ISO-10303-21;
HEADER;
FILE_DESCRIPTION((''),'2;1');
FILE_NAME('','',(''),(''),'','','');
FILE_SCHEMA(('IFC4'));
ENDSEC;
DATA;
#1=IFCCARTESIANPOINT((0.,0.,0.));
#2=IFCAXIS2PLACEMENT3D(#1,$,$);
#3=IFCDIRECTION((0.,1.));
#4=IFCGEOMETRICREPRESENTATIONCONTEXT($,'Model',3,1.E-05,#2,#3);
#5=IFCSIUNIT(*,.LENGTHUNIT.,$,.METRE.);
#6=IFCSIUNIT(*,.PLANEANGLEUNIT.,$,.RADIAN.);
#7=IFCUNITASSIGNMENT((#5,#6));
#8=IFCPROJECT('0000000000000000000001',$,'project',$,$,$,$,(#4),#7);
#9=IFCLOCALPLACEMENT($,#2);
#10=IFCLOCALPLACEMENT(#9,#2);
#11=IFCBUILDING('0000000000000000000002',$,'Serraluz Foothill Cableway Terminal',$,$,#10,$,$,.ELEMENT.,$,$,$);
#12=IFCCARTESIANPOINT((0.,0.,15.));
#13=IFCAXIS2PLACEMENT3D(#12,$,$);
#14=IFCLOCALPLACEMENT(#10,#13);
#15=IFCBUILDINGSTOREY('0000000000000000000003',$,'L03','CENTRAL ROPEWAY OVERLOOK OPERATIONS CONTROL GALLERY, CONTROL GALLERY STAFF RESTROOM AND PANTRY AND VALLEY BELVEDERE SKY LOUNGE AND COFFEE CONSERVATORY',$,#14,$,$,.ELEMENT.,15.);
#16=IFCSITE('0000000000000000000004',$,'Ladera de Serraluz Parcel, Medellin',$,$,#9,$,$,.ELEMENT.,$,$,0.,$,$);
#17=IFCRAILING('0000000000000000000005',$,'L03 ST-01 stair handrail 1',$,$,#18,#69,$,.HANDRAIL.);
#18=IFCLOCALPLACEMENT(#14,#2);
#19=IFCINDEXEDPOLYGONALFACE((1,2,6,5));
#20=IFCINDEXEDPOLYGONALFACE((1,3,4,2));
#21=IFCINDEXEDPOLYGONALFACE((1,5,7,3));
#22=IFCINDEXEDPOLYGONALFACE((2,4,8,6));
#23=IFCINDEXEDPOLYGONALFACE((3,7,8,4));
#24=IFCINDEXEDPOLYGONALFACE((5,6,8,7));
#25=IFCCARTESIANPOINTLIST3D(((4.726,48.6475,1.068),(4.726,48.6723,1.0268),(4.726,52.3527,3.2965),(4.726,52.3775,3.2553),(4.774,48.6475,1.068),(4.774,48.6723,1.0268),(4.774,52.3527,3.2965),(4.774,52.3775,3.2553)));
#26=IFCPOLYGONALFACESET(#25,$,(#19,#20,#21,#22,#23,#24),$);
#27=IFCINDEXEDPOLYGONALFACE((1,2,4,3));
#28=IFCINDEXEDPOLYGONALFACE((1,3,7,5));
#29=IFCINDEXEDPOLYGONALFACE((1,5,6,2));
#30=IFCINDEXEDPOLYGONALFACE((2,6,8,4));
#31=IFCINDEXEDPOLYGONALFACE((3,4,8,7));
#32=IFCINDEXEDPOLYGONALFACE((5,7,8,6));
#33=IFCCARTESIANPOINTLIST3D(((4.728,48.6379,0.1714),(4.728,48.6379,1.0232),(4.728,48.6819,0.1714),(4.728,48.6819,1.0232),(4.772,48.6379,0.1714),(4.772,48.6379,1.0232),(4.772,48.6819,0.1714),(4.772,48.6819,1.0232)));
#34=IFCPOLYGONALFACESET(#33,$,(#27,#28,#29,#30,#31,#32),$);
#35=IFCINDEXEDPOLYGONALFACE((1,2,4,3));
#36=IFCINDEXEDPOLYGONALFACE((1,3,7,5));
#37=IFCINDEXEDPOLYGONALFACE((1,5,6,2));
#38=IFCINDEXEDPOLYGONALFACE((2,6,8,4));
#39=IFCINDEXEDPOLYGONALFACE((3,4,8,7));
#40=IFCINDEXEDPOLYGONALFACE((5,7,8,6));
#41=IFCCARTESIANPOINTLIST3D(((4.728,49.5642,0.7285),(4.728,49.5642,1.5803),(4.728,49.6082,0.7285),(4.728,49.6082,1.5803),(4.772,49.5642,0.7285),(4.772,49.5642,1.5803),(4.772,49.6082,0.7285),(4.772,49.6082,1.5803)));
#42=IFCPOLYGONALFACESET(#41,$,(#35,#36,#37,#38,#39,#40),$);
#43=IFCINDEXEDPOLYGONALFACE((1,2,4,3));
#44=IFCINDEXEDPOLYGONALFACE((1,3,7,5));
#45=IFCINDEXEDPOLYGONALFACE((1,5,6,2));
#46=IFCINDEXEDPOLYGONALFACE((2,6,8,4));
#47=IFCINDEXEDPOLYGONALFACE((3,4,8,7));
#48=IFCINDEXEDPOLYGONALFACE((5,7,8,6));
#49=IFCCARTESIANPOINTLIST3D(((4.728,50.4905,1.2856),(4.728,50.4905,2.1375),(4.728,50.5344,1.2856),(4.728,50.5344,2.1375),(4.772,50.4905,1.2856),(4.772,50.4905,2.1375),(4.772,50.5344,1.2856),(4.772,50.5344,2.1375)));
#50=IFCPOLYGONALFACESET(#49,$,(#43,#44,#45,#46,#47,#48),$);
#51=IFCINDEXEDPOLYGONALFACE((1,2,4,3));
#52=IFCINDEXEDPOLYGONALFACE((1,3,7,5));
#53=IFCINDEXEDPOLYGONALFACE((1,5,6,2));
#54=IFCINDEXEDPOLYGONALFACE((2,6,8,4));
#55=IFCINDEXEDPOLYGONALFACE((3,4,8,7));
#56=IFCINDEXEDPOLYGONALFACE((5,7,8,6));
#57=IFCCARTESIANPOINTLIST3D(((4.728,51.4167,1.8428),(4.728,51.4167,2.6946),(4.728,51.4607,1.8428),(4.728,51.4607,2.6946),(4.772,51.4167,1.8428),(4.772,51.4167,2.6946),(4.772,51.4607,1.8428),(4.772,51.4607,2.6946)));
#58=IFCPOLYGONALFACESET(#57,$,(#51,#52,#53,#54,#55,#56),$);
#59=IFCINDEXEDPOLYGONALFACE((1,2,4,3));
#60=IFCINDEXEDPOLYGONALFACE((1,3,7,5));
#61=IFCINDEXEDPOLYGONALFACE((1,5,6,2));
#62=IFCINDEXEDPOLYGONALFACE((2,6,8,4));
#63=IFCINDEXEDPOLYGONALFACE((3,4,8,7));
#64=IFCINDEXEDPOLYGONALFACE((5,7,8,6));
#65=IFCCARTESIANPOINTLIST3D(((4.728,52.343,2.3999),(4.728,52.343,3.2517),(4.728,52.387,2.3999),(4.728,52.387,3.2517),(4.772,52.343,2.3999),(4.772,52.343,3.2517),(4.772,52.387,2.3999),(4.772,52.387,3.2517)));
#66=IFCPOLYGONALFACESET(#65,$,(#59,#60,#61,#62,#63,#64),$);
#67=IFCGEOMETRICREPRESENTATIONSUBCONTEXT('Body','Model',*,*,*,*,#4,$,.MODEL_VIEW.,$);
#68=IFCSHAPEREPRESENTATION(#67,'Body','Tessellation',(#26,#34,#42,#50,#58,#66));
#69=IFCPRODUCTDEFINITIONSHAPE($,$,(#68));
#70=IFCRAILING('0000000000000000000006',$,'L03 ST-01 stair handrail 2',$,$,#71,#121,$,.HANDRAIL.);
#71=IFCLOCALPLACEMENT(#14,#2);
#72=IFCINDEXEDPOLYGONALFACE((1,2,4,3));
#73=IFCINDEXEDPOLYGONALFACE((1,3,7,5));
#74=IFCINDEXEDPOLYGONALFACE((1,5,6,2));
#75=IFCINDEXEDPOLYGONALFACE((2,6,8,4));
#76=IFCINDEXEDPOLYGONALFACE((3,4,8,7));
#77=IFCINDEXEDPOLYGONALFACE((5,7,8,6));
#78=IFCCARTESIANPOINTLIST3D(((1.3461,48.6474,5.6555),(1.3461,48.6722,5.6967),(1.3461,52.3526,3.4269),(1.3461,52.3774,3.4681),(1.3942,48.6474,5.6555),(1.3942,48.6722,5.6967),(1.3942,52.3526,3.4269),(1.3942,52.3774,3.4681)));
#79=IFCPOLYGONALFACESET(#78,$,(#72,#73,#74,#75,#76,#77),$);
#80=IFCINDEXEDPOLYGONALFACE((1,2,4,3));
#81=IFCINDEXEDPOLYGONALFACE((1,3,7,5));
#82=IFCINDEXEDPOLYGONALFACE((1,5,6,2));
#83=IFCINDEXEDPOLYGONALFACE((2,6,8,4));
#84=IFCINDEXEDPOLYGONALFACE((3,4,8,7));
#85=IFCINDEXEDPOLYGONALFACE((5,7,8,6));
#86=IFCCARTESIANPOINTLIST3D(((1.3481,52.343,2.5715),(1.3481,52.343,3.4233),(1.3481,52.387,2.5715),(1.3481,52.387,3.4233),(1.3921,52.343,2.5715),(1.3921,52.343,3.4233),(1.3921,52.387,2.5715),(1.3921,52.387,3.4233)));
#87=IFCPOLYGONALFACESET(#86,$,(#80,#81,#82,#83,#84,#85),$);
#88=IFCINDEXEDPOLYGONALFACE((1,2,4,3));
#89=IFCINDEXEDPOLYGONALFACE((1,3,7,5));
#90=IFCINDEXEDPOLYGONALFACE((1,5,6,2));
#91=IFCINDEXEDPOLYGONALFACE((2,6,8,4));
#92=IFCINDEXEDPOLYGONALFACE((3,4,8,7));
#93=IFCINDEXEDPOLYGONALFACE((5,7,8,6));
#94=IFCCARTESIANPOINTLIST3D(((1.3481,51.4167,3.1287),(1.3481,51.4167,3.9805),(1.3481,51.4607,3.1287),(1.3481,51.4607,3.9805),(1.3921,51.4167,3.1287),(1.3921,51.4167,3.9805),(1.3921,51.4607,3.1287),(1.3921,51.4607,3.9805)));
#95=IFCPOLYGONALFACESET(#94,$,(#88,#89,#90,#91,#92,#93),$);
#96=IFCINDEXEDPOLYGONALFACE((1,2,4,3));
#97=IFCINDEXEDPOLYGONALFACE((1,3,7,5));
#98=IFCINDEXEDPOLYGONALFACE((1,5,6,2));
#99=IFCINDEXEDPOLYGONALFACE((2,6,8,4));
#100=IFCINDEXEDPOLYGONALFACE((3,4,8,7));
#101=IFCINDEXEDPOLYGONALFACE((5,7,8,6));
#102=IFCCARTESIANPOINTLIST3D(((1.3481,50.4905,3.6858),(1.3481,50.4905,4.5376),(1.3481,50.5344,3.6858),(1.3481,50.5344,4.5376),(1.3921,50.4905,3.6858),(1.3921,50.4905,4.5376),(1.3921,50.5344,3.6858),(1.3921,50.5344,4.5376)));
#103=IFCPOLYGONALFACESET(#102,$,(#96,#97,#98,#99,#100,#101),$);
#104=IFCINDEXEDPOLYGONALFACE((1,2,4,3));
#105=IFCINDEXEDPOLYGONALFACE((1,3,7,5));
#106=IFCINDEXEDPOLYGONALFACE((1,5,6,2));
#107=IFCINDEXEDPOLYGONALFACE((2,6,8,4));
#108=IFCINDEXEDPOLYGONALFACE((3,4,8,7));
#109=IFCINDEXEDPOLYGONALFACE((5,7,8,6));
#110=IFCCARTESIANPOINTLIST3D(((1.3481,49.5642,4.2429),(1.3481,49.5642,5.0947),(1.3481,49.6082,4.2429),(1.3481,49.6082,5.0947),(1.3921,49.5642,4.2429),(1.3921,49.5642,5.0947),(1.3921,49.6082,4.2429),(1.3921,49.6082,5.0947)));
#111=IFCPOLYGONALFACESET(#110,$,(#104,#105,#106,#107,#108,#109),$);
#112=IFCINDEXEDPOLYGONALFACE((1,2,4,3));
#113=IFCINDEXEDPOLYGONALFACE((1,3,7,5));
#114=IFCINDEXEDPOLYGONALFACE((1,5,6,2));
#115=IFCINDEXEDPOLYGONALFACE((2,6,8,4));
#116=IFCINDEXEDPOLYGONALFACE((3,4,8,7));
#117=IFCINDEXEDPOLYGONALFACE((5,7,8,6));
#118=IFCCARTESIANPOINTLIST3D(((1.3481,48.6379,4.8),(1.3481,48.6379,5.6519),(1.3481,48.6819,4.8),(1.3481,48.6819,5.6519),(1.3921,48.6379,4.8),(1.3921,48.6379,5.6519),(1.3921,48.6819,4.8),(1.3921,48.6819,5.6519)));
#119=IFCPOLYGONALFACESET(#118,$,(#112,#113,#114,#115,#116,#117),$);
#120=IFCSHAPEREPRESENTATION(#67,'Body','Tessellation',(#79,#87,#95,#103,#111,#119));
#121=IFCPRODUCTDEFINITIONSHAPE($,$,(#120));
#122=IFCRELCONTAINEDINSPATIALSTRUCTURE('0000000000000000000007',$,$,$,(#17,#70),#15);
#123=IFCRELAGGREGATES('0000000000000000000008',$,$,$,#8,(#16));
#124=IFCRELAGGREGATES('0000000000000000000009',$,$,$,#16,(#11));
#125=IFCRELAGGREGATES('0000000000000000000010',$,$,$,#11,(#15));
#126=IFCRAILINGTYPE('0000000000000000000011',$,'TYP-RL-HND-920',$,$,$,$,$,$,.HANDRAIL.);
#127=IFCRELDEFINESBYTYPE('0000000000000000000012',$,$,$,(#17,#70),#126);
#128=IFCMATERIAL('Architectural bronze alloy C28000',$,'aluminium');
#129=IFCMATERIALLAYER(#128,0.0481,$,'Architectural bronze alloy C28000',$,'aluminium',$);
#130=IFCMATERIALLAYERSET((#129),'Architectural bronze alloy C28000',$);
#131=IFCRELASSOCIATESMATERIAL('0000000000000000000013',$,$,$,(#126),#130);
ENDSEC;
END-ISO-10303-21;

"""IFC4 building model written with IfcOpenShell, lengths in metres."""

from ifc_helpers import new_model, si_unit, direction, frame, origin, origin_2d, place, context, subcontext, project, spatial, rectangle, extrude, material, layer, layer_set, type_object, element, save


model = new_model("IFC4")

# Units and contexts
model_context = context("Model", 3, precision=1e-05, world=origin(), true_north=direction((0.0, 1.0)))
body_context = subcontext(model_context, "Body", "Model", "MODEL_VIEW")
ifc_project = project(units=[si_unit("LENGTHUNIT", "METRE"), si_unit("PLANEANGLEUNIT", "RADIAN")], contexts=[model_context])

# Site, building, storey
site_placement = place(None, origin())
site = spatial("IfcSite", under=ifc_project, at=site_placement, Name="Ladera de Serraluz Parcel, Medellin", CompositionType="ELEMENT", RefElevation=0.0)
building_placement = place(site_placement, origin())
building = spatial("IfcBuilding", under=site, at=building_placement, Name="Serraluz Foothill Cableway Terminal", CompositionType="ELEMENT")
storey_placement = place(building_placement, frame((0.0, 0.0, 15.0)))
storey = spatial("IfcBuildingStorey", under=building, at=storey_placement, Name="L03", Description="CENTRAL ROPEWAY OVERLOOK OPERATIONS CONTROL GALLERY, CONTROL GALLERY STAFF RESTROOM AND PANTRY AND VALLEY BELVEDERE SKY LOUNGE AND COFFEE CONSERVATORY", CompositionType="ELEMENT", Elevation=15.0)

# Shared definitions
ifc_material_1 = material(Name="Architectural bronze alloy C28000", Category="aluminium")

# Railings
ifc_layer_1 = layer(ifc_material_1, 0.0481, Name="Architectural bronze alloy C28000", Category="aluminium")
ifc_layer_set_1 = layer_set([ifc_layer_1], Name="Architectural bronze alloy C28000")
railing_type_1 = type_object("IfcRailingType", Name="TYP-RL-HND-920", PredefinedType="HANDRAIL", material=ifc_layer_set_1)
railing_1_placement = place(storey_placement, frame((4.75, 48.6599, 0.1714)))
element("IfcRailing", 1, at=railing_1_placement, inside=storey, type_object=railing_type_1, Name="L03 ST-01 stair handrail 1", PredefinedType="HANDRAIL", context=body_context, shape_type="SweptSolid", body=[
    extrude(rectangle(XDim=0.0481, YDim=0.0481, at=origin_2d()), frame((0.0, 0.0, 0.876), z_axis=(0.0, 0.856934, 0.515425), x_axis=(-1.0, 0.0, 0.0)), (0.0, 0.0, 1.0), 4.3237),
    extrude(rectangle(XDim=0.0439, YDim=0.0439, at=origin_2d()), origin(), (0.0, 0.0, 1.0), 0.8518),
    extrude(rectangle(XDim=0.0439, YDim=0.0439, at=origin_2d()), frame((0.0, 0.9263, 0.5571)), (0.0, 0.0, 1.0), 0.8518),
    extrude(rectangle(XDim=0.0439, YDim=0.0439, at=origin_2d()), frame((0.0, 1.8525, 1.1143)), (0.0, 0.0, 1.0), 0.8518),
    extrude(rectangle(XDim=0.0439, YDim=0.0439, at=origin_2d()), frame((0.0, 2.7788, 1.6714)), (0.0, 0.0, 1.0), 0.8518),
    extrude(rectangle(XDim=0.0439, YDim=0.0439, at=origin_2d()), frame((0.0, 3.7051, 2.2285)), (0.0, 0.0, 1.0), 0.8518),
])
railing_2_placement = place(storey_placement, frame((1.3701, 52.365, 2.5715)))
element("IfcRailing", 2, at=railing_2_placement, inside=storey, type_object=railing_type_1, Name="L03 ST-01 stair handrail 2", PredefinedType="HANDRAIL", context=body_context, shape_type="SweptSolid", body=[
    extrude(rectangle(XDim=0.0481, YDim=0.0481, at=origin_2d()), frame((0.0, 0.0, 0.876), z_axis=(0.0, -0.856934, 0.515425), x_axis=(1.0, 0.0, 0.0)), (0.0, 0.0, 1.0), 4.3237),
    extrude(rectangle(XDim=0.0439, YDim=0.0439, at=origin_2d()), origin(), (0.0, 0.0, 1.0), 0.8518),
    extrude(rectangle(XDim=0.0439, YDim=0.0439, at=origin_2d()), frame((0.0, -0.9263, 0.5571)), (0.0, 0.0, 1.0), 0.8518),
    extrude(rectangle(XDim=0.0439, YDim=0.0439, at=origin_2d()), frame((0.0, -1.8525, 1.1143)), (0.0, 0.0, 1.0), 0.8518),
    extrude(rectangle(XDim=0.0439, YDim=0.0439, at=origin_2d()), frame((0.0, -2.7788, 1.6714)), (0.0, 0.0, 1.0), 0.8518),
    extrude(rectangle(XDim=0.0439, YDim=0.0439, at=origin_2d()), frame((0.0, -3.7051, 2.2285)), (0.0, 0.0, 1.0), 0.8518),
])

save(model, "model.ifc")
